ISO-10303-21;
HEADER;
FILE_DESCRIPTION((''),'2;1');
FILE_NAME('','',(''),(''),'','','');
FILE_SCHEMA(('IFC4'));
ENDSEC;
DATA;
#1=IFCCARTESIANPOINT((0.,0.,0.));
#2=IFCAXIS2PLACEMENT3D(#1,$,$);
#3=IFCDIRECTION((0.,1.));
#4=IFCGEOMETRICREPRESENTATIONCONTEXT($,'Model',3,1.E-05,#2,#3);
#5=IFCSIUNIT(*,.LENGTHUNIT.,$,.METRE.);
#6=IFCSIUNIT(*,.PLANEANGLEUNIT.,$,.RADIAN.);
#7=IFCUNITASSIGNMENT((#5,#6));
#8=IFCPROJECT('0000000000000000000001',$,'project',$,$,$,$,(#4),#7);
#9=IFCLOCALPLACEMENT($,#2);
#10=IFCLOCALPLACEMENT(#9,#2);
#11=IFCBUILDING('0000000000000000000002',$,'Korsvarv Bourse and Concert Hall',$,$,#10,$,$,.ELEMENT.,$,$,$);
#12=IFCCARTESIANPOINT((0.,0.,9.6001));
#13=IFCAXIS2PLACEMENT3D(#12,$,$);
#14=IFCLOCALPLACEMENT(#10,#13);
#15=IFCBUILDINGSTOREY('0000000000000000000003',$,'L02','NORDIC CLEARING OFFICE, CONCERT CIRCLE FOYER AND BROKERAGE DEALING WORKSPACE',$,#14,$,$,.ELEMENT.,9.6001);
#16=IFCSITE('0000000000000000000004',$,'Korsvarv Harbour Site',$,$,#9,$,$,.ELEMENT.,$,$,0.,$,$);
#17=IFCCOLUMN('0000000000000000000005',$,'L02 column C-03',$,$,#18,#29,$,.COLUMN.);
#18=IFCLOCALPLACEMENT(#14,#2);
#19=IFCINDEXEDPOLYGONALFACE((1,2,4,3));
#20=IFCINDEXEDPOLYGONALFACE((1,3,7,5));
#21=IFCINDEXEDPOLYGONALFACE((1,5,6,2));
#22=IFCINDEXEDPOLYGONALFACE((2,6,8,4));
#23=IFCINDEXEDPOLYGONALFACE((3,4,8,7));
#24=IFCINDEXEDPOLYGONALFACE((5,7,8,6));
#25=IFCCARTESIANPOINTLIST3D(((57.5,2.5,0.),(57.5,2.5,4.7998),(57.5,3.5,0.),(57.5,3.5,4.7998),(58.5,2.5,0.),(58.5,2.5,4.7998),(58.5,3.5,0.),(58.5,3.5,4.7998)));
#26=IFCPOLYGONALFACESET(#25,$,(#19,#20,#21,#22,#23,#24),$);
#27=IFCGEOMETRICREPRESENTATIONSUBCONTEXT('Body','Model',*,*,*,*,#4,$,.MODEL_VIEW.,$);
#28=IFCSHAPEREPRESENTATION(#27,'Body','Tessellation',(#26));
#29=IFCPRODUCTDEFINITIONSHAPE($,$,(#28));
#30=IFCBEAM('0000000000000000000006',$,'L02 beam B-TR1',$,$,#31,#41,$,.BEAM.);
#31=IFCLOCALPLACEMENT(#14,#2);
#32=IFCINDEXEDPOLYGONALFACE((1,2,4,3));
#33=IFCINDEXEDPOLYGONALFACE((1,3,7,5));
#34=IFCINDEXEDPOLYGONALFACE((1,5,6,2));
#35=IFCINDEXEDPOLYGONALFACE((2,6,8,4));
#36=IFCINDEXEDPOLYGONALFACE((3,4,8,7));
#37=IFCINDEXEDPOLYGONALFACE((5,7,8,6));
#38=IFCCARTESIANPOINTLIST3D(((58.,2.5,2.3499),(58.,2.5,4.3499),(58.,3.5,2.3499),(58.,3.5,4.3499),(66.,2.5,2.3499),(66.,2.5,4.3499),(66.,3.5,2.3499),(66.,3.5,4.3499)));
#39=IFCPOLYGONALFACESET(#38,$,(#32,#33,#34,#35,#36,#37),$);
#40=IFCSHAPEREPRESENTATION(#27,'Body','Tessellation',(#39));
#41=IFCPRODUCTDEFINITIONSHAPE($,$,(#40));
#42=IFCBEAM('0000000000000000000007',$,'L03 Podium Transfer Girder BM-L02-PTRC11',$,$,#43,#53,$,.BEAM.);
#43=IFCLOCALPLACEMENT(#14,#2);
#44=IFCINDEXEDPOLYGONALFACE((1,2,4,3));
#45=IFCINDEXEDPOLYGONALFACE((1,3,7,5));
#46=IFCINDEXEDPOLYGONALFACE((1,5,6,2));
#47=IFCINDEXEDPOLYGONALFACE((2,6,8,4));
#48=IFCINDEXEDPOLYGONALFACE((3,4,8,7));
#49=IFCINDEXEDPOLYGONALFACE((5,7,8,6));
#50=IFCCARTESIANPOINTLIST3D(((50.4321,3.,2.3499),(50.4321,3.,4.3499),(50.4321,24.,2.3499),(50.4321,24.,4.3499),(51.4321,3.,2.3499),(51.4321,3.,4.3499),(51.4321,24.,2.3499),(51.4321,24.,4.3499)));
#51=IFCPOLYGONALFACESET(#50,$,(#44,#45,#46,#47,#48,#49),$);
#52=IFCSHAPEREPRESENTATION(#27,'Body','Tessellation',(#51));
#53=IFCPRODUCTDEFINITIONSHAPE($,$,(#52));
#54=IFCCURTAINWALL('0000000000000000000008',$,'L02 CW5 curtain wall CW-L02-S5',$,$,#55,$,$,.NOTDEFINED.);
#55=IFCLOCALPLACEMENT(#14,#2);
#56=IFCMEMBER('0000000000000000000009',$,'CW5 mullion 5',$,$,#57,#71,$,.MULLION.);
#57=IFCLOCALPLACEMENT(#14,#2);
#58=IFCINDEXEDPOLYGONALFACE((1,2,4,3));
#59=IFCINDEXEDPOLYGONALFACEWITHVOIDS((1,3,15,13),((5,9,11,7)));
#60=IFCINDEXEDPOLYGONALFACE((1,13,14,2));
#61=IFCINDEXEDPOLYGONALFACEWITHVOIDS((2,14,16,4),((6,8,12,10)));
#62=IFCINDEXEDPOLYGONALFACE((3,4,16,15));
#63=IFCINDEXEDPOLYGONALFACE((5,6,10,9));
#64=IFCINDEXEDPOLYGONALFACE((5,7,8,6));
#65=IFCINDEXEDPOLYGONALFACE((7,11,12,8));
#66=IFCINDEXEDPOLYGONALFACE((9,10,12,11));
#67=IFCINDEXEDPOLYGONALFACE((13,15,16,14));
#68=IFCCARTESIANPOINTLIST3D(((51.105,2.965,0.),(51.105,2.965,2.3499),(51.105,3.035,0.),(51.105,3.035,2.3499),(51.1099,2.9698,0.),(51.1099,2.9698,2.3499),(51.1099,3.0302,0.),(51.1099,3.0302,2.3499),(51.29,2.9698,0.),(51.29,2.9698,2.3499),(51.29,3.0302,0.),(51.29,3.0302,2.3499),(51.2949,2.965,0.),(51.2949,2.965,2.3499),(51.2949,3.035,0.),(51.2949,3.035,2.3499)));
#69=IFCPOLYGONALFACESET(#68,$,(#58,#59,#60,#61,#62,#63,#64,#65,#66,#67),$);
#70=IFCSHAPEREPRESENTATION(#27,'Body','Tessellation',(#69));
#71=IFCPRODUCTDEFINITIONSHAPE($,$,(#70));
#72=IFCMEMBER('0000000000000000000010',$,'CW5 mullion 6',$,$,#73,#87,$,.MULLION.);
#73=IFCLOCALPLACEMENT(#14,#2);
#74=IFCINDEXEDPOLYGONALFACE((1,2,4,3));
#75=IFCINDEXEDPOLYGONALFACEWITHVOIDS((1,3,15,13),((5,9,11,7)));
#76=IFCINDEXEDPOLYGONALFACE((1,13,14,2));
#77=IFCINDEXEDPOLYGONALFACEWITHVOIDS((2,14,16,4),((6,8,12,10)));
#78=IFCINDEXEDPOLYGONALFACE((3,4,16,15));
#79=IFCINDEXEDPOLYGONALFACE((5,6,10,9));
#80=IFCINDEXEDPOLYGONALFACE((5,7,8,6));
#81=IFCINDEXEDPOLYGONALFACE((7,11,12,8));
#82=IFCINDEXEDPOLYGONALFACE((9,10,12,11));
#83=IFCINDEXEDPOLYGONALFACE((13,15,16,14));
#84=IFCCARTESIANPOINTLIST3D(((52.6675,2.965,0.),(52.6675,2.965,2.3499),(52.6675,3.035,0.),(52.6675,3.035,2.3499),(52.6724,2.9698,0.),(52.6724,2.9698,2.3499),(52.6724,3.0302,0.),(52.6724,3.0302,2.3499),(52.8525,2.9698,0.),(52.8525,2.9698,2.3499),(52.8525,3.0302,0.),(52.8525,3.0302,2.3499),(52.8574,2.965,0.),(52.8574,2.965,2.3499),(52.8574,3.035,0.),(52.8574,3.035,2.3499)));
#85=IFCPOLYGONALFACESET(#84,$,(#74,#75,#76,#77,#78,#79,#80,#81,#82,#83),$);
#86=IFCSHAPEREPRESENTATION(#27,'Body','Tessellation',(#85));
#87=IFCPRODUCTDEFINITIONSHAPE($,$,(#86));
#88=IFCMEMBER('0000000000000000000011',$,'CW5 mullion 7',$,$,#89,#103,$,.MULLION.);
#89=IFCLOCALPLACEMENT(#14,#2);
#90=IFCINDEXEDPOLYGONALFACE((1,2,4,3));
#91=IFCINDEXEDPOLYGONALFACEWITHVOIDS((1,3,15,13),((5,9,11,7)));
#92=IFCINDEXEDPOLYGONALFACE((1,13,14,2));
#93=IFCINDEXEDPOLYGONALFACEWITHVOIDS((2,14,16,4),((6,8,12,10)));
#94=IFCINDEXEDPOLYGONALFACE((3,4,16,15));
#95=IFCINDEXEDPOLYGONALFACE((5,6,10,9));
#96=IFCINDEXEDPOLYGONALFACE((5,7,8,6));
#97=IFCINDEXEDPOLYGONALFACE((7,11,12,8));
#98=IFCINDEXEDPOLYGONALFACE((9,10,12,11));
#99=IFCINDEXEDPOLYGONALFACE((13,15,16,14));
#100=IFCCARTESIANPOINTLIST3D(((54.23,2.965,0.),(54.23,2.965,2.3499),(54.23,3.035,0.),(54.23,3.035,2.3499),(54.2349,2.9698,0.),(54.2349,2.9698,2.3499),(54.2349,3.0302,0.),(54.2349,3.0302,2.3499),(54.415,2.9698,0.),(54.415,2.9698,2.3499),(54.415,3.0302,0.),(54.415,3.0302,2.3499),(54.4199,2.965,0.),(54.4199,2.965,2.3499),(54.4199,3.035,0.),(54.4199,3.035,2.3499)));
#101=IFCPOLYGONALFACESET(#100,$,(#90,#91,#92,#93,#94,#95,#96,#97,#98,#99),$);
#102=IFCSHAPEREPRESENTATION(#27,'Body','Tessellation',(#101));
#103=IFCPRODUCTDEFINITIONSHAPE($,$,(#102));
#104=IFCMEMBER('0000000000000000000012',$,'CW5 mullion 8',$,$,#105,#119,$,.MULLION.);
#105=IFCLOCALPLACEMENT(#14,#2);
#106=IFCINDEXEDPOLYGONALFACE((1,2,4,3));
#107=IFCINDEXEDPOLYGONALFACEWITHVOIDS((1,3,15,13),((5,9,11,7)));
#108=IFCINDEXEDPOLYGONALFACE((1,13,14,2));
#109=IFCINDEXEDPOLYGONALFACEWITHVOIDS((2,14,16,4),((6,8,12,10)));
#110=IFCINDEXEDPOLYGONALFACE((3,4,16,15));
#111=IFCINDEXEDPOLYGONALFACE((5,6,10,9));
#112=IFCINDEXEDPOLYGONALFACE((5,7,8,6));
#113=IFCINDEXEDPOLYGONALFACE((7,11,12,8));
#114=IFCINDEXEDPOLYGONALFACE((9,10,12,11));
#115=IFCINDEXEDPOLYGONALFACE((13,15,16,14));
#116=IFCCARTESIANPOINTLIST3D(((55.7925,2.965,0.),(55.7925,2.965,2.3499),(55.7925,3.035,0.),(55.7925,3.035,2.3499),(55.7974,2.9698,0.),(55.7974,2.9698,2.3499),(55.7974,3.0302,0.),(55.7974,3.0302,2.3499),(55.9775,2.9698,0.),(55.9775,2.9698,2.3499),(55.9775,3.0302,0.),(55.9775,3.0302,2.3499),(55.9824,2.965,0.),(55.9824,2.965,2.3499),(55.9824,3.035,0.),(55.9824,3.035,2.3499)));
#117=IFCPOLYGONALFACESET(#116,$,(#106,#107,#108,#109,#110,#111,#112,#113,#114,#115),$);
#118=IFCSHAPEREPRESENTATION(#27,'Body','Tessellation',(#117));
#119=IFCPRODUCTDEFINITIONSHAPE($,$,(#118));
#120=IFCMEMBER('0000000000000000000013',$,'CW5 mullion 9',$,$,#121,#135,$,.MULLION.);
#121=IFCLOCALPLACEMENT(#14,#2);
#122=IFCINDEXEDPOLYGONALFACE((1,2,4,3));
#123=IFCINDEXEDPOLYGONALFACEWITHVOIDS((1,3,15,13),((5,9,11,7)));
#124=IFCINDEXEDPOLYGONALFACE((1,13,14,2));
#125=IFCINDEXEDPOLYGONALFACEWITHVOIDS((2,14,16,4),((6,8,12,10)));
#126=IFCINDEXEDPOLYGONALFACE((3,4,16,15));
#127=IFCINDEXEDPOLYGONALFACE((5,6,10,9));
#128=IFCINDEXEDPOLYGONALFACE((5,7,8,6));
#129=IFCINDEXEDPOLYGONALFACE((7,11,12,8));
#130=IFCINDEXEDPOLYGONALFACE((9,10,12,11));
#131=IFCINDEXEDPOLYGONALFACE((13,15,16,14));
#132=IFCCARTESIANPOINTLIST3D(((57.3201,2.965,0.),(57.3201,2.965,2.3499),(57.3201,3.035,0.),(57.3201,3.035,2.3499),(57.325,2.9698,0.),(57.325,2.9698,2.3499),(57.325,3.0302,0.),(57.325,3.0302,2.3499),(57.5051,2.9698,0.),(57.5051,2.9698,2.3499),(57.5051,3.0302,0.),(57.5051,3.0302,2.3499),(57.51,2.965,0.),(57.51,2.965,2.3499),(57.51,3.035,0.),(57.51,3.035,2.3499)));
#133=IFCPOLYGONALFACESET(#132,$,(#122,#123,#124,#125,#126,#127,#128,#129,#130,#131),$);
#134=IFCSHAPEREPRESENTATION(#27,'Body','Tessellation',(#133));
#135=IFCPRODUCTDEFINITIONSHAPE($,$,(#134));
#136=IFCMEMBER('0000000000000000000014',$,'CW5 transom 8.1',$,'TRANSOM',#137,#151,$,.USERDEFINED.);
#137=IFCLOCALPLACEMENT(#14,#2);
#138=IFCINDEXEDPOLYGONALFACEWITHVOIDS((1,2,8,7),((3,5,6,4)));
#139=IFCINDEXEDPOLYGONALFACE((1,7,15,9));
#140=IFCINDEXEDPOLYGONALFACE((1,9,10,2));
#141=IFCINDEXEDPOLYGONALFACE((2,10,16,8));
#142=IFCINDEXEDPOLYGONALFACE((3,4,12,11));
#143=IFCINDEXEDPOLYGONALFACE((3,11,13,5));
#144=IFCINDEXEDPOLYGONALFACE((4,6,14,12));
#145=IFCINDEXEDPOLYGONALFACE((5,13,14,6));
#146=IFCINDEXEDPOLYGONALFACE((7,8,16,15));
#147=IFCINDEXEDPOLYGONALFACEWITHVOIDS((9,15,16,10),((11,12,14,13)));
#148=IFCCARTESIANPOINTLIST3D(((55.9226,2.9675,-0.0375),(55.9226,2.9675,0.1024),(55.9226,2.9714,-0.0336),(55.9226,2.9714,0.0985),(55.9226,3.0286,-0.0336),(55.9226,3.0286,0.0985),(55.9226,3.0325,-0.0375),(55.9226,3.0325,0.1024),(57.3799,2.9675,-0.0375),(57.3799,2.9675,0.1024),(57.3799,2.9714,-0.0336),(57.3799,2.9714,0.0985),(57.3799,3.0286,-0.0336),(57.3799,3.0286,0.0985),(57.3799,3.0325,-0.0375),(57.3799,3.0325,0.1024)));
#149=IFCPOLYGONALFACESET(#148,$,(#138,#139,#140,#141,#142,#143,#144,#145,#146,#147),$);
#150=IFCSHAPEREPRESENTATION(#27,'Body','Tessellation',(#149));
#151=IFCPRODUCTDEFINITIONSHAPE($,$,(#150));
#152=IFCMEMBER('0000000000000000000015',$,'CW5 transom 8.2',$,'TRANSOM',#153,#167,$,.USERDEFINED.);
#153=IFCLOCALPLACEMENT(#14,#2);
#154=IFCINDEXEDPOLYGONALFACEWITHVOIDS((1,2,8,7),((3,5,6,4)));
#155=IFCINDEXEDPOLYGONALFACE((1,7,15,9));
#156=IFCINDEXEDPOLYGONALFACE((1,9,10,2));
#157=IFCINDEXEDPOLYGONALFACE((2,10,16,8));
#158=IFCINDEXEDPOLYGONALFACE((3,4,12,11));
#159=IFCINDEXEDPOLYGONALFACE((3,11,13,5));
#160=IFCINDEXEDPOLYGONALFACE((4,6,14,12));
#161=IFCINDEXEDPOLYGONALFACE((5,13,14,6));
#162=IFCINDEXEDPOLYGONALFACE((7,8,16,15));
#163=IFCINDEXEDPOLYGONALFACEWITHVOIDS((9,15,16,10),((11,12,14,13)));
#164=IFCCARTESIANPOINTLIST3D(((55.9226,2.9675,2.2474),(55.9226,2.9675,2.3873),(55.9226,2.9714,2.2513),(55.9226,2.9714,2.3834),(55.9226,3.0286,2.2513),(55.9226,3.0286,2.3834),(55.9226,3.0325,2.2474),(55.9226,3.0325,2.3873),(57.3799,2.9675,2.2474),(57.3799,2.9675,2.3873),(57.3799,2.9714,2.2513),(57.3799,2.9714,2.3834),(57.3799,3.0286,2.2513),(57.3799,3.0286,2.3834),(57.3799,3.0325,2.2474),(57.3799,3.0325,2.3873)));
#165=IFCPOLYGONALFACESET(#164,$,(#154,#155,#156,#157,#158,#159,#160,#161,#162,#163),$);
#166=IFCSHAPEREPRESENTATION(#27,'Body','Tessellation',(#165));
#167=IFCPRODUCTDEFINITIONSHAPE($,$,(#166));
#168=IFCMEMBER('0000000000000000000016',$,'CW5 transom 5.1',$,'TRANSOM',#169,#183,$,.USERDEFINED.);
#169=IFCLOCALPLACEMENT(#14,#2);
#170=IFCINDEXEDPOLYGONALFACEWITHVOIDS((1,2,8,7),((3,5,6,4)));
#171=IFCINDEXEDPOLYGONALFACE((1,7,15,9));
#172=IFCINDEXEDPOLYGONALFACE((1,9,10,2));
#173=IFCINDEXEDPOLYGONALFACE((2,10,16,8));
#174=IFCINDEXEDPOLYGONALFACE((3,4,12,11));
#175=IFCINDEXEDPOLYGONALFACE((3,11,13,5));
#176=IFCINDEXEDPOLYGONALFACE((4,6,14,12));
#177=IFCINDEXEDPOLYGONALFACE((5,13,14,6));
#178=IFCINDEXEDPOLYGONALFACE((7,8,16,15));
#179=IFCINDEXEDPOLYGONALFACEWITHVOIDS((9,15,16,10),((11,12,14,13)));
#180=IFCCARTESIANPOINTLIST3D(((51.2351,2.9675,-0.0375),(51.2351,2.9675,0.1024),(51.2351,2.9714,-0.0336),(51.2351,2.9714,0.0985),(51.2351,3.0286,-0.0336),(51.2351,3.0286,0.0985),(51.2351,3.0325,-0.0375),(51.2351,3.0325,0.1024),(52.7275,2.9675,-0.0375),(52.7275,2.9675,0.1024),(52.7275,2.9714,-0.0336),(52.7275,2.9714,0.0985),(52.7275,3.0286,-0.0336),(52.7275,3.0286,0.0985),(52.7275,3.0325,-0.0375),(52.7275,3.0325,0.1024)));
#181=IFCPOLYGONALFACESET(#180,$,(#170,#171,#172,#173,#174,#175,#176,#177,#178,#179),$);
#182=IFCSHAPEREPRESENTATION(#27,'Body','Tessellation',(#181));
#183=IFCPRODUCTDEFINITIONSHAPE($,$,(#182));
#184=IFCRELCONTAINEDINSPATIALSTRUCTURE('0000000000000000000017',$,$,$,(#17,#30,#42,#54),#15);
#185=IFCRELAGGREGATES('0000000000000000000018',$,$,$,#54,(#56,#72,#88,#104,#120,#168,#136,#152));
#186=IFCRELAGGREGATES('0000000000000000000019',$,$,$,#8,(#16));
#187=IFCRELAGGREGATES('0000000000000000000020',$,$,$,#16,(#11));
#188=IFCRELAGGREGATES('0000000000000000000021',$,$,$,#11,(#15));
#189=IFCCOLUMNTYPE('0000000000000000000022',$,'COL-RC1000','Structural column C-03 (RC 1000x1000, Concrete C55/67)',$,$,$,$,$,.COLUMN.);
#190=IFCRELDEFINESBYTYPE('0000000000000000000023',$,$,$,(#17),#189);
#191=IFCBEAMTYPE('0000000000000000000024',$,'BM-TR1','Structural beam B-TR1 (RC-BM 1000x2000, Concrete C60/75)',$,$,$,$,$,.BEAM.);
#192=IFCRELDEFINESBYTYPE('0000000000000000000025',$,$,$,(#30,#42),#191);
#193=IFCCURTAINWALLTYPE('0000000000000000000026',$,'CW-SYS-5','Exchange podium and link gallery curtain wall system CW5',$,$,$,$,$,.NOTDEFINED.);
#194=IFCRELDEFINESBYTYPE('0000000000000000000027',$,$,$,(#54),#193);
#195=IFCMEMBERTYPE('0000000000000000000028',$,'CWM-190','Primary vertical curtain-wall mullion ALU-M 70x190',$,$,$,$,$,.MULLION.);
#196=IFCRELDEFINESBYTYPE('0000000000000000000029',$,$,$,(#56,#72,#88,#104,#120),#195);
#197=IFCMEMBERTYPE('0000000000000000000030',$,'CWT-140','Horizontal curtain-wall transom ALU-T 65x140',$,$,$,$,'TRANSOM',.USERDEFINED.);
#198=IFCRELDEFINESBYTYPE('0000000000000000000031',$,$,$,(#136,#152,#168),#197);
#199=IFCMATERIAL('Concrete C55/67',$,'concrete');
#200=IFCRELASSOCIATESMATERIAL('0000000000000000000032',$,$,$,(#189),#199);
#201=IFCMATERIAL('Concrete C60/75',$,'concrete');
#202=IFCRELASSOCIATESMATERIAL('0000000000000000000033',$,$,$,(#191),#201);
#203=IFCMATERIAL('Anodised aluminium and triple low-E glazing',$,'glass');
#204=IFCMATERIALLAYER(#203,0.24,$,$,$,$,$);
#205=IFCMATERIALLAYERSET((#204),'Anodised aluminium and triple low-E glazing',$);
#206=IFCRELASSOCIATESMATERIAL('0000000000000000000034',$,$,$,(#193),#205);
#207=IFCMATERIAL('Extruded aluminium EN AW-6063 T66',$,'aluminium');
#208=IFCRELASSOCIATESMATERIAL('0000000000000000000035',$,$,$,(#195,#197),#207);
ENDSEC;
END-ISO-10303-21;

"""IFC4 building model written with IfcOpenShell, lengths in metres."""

from ifc_helpers import new_model, si_unit, direction, frame, origin, origin_2d, place, context, subcontext, project, spatial, rectangle, hollow_rectangle, extrude, source, transform, mapped, material, layer, layer_set, material_profile, profile_set, type_object, element, aggregate, save


model = new_model("IFC4")

# Units and contexts
model_context = context("Model", 3, precision=1e-05, world=origin(), true_north=direction((0.0, 1.0)))
body_context = subcontext(model_context, "Body", "Model", "MODEL_VIEW")
ifc_project = project(units=[si_unit("LENGTHUNIT", "METRE"), si_unit("PLANEANGLEUNIT", "RADIAN")], contexts=[model_context])

# Site, building, storey
site_placement = place(None, origin())
site = spatial("IfcSite", under=ifc_project, at=site_placement, Name="Korsvarv Harbour Site", CompositionType="ELEMENT", RefElevation=0.0)
building_placement = place(site_placement, origin())
building = spatial("IfcBuilding", under=site, at=building_placement, Name="Korsvarv Bourse and Concert Hall", CompositionType="ELEMENT")
storey_placement = place(building_placement, frame((0.0, 0.0, 9.6001)))
storey = spatial("IfcBuildingStorey", under=building, at=storey_placement, Name="L02", Description="NORDIC CLEARING OFFICE, CONCERT CIRCLE FOYER AND BROKERAGE DEALING WORKSPACE", CompositionType="ELEMENT", Elevation=9.6001)

# Column
ifc_material_1 = material(Name="Concrete C55/67", Category="concrete")
ifc_material_profile_1 = material_profile(ifc_material_1, rectangle(XDim=1.0, YDim=1.0, at=origin_2d()), Name="RC 1000x1000")
ifc_profile_set_1 = profile_set([ifc_material_profile_1], Name="Concrete C55/67")
column_type = type_object("IfcColumnType", Name="COL-RC1000", Description="Structural column C-03 (RC 1000x1000, Concrete C55/67)", PredefinedType="COLUMN", material=ifc_profile_set_1)
shared_shape_1 = source(origin(), body_context, "Body", "SweptSolid", [
    extrude(rectangle(XDim=1.0, YDim=1.0, at=origin_2d()), origin(), (0.0, 0.0, 1.0), 4.7998),
])
column_placement = place(storey_placement, frame((58.0, 3.0, 0.0), z_axis=(0.0, 0.0, 1.0), x_axis=(1.0, 0.0, 0.0)))
element("IfcColumn", 1, at=column_placement, inside=storey, type_object=column_type, Name="L02 column C-03", PredefinedType="COLUMN", context=body_context, shape_type="MappedRepresentation", body=[
    mapped(shared_shape_1, transform((0.0, 0.0, 0.0), scale=1.0)),
])

# Beams
ifc_material_2 = material(Name="Concrete C60/75", Category="concrete")
ifc_material_profile_2 = material_profile(ifc_material_2, rectangle(XDim=1.0, YDim=2.0, at=origin_2d()), Name="RC-BM 1000x2000")
ifc_profile_set_2 = profile_set([ifc_material_profile_2], Name="Concrete C60/75")
beam_type = type_object("IfcBeamType", Name="BM-TR1", Description="Structural beam B-TR1 (RC-BM 1000x2000, Concrete C60/75)", PredefinedType="BEAM", material=ifc_profile_set_2)
shared_shape_2 = source(origin(), body_context, "Body", "SweptSolid", [
    extrude(rectangle(XDim=1.0, YDim=2.0, at=origin_2d()), origin(), (0.0, 0.0, 1.0), 8.0),
])
beam_1_placement = place(storey_placement, frame((58.0, 3.0, 3.3499), z_axis=(1.0, 0.0, 0.0), x_axis=(0.0, 1.0, 0.0)))
element("IfcBeam", 2, at=beam_1_placement, inside=storey, type_object=beam_type, Name="L02 beam B-TR1", PredefinedType="BEAM", context=body_context, shape_type="MappedRepresentation", body=[
    mapped(shared_shape_2, transform((0.0, 0.0, 0.0), scale=1.0)),
])
shared_shape_3 = source(origin(), body_context, "Body", "SweptSolid", [
    extrude(rectangle(XDim=1.0, YDim=2.0, at=origin_2d()), origin(), (0.0, 0.0, 1.0), 21.0),
])
beam_2_placement = place(storey_placement, frame((50.9321, 3.0, 3.3499), z_axis=(0.0, 1.0, 0.0), x_axis=(-1.0, 0.0, 0.0)))
element("IfcBeam", 3, at=beam_2_placement, inside=storey, type_object=beam_type, Name="L03 Podium Transfer Girder BM-L02-PTRC11", PredefinedType="BEAM", context=body_context, shape_type="MappedRepresentation", body=[
    mapped(shared_shape_3, transform((0.0, 0.0, 0.0), scale=1.0)),
])

# Curtain wall, members
ifc_material_3 = material(Name="Anodised aluminium and triple low-E glazing", Category="glass")
ifc_layer_1 = layer(ifc_material_3, 0.24)
ifc_layer_set_1 = layer_set([ifc_layer_1], Name="Anodised aluminium and triple low-E glazing")
curtain_wall_type = type_object("IfcCurtainWallType", Name="CW-SYS-5", Description="Exchange podium and link gallery curtain wall system CW5", PredefinedType="NOTDEFINED", material=ifc_layer_set_1)
curtain_wall_placement = place(storey_placement, origin())
curtain_wall = element("IfcCurtainWall", 4, at=curtain_wall_placement, inside=storey, type_object=curtain_wall_type, Name="L02 CW5 curtain wall CW-L02-S5", PredefinedType="NOTDEFINED")
ifc_material_4 = material(Name="Extruded aluminium EN AW-6063 T66", Category="aluminium")
ifc_material_profile_3 = material_profile(ifc_material_4, hollow_rectangle(XDim=0.0701, YDim=0.1899, WallThickness=0.0049, at=origin_2d()), Name="ALU-M 70x190")
ifc_profile_set_3 = profile_set([ifc_material_profile_3], Name="Extruded aluminium EN AW-6063 T66")
member_type_1 = type_object("IfcMemberType", Name="CWM-190", Description="Primary vertical curtain-wall mullion ALU-M 70x190", PredefinedType="MULLION", material=ifc_profile_set_3)
shared_shape_4 = source(origin(), body_context, "Body", "SweptSolid", [
    extrude(hollow_rectangle(XDim=0.0701, YDim=0.1899, WallThickness=0.0049, at=origin_2d()), origin(), (0.0, 0.0, 1.0), 2.3499),
])
member_1_placement = place(storey_placement, frame((51.2, 3.0, 0.0), z_axis=(0.0, 0.0, 1.0), x_axis=(0.0, 1.0, 0.0)))
member_1 = element("IfcMember", 5, at=member_1_placement, type_object=member_type_1, Name="CW5 mullion 5", PredefinedType="MULLION", context=body_context, shape_type="MappedRepresentation", body=[
    mapped(shared_shape_4, transform((0.0, 0.0, 0.0), scale=1.0)),
])
member_2_placement = place(storey_placement, frame((52.7625, 3.0, 0.0), z_axis=(0.0, 0.0, 1.0), x_axis=(0.0, 1.0, 0.0)))
member_2 = element("IfcMember", 6, at=member_2_placement, type_object=member_type_1, Name="CW5 mullion 6", PredefinedType="MULLION", context=body_context, shape_type="MappedRepresentation", body=[
    mapped(shared_shape_4, transform((0.0, 0.0, 0.0), scale=1.0)),
])
member_3_placement = place(storey_placement, frame((54.325, 3.0, 0.0), z_axis=(0.0, 0.0, 1.0), x_axis=(0.0, 1.0, 0.0)))
member_3 = element("IfcMember", 7, at=member_3_placement, type_object=member_type_1, Name="CW5 mullion 7", PredefinedType="MULLION", context=body_context, shape_type="MappedRepresentation", body=[
    mapped(shared_shape_4, transform((0.0, 0.0, 0.0), scale=1.0)),
])
member_4_placement = place(storey_placement, frame((55.8875, 3.0, 0.0), z_axis=(0.0, 0.0, 1.0), x_axis=(0.0, 1.0, 0.0)))
member_4 = element("IfcMember", 8, at=member_4_placement, type_object=member_type_1, Name="CW5 mullion 8", PredefinedType="MULLION", context=body_context, shape_type="MappedRepresentation", body=[
    mapped(shared_shape_4, transform((0.0, 0.0, 0.0), scale=1.0)),
])
member_5_placement = place(storey_placement, frame((57.415, 3.0, 0.0), z_axis=(0.0, 0.0, 1.0), x_axis=(0.0, 1.0, 0.0)))
member_5 = element("IfcMember", 9, at=member_5_placement, type_object=member_type_1, Name="CW5 mullion 9", PredefinedType="MULLION", context=body_context, shape_type="MappedRepresentation", body=[
    mapped(shared_shape_4, transform((0.0, 0.0, 0.0), scale=1.0)),
])
ifc_material_profile_4 = material_profile(ifc_material_4, hollow_rectangle(XDim=0.0649, YDim=0.1399, WallThickness=0.0039, at=origin_2d()), Name="ALU-T 65x140")
ifc_profile_set_4 = profile_set([ifc_material_profile_4], Name="Extruded aluminium EN AW-6063 T66")
member_type_2 = type_object("IfcMemberType", Name="CWT-140", Description="Horizontal curtain-wall transom ALU-T 65x140", ElementType="TRANSOM", PredefinedType="USERDEFINED", material=ifc_profile_set_4)
shared_shape_5 = source(origin(), body_context, "Body", "SweptSolid", [
    extrude(hollow_rectangle(XDim=0.0649, YDim=0.1399, WallThickness=0.0039, at=origin_2d()), origin(), (0.0, 0.0, 1.0), 1.4573),
])
member_6_placement = place(storey_placement, frame((55.9226, 3.0, 0.0325), z_axis=(1.0, 0.0, 0.0), x_axis=(0.0, 1.0, 0.0)))
member_6 = element("IfcMember", 10, at=member_6_placement, type_object=member_type_2, Name="CW5 transom 8.1", ObjectType="TRANSOM", PredefinedType="USERDEFINED", context=body_context, shape_type="MappedRepresentation", body=[
    mapped(shared_shape_5, transform((0.0, 0.0, 0.0), scale=1.0)),
])
member_7_placement = place(storey_placement, frame((55.9226, 3.0, 2.3174), z_axis=(1.0, 0.0, 0.0), x_axis=(0.0, 1.0, 0.0)))
member_7 = element("IfcMember", 11, at=member_7_placement, type_object=member_type_2, Name="CW5 transom 8.2", ObjectType="TRANSOM", PredefinedType="USERDEFINED", context=body_context, shape_type="MappedRepresentation", body=[
    mapped(shared_shape_5, transform((0.0, 0.0, 0.0), scale=1.0)),
])
shared_shape_6 = source(origin(), body_context, "Body", "SweptSolid", [
    extrude(hollow_rectangle(XDim=0.0649, YDim=0.1399, WallThickness=0.0039, at=origin_2d()), origin(), (0.0, 0.0, 1.0), 1.4924),
])
member_8_placement = place(storey_placement, frame((51.2351, 3.0, 0.0325), z_axis=(1.0, 0.0, 0.0), x_axis=(0.0, 1.0, 0.0)))
member_8 = element("IfcMember", 12, at=member_8_placement, type_object=member_type_2, Name="CW5 transom 5.1", ObjectType="TRANSOM", PredefinedType="USERDEFINED", context=body_context, shape_type="MappedRepresentation", body=[
    mapped(shared_shape_6, transform((0.0, 0.0, 0.0), scale=1.0)),
])

aggregate(curtain_wall, [member_1, member_2, member_3, member_4, member_5, member_8, member_6, member_7])

save(model, "model.ifc")
